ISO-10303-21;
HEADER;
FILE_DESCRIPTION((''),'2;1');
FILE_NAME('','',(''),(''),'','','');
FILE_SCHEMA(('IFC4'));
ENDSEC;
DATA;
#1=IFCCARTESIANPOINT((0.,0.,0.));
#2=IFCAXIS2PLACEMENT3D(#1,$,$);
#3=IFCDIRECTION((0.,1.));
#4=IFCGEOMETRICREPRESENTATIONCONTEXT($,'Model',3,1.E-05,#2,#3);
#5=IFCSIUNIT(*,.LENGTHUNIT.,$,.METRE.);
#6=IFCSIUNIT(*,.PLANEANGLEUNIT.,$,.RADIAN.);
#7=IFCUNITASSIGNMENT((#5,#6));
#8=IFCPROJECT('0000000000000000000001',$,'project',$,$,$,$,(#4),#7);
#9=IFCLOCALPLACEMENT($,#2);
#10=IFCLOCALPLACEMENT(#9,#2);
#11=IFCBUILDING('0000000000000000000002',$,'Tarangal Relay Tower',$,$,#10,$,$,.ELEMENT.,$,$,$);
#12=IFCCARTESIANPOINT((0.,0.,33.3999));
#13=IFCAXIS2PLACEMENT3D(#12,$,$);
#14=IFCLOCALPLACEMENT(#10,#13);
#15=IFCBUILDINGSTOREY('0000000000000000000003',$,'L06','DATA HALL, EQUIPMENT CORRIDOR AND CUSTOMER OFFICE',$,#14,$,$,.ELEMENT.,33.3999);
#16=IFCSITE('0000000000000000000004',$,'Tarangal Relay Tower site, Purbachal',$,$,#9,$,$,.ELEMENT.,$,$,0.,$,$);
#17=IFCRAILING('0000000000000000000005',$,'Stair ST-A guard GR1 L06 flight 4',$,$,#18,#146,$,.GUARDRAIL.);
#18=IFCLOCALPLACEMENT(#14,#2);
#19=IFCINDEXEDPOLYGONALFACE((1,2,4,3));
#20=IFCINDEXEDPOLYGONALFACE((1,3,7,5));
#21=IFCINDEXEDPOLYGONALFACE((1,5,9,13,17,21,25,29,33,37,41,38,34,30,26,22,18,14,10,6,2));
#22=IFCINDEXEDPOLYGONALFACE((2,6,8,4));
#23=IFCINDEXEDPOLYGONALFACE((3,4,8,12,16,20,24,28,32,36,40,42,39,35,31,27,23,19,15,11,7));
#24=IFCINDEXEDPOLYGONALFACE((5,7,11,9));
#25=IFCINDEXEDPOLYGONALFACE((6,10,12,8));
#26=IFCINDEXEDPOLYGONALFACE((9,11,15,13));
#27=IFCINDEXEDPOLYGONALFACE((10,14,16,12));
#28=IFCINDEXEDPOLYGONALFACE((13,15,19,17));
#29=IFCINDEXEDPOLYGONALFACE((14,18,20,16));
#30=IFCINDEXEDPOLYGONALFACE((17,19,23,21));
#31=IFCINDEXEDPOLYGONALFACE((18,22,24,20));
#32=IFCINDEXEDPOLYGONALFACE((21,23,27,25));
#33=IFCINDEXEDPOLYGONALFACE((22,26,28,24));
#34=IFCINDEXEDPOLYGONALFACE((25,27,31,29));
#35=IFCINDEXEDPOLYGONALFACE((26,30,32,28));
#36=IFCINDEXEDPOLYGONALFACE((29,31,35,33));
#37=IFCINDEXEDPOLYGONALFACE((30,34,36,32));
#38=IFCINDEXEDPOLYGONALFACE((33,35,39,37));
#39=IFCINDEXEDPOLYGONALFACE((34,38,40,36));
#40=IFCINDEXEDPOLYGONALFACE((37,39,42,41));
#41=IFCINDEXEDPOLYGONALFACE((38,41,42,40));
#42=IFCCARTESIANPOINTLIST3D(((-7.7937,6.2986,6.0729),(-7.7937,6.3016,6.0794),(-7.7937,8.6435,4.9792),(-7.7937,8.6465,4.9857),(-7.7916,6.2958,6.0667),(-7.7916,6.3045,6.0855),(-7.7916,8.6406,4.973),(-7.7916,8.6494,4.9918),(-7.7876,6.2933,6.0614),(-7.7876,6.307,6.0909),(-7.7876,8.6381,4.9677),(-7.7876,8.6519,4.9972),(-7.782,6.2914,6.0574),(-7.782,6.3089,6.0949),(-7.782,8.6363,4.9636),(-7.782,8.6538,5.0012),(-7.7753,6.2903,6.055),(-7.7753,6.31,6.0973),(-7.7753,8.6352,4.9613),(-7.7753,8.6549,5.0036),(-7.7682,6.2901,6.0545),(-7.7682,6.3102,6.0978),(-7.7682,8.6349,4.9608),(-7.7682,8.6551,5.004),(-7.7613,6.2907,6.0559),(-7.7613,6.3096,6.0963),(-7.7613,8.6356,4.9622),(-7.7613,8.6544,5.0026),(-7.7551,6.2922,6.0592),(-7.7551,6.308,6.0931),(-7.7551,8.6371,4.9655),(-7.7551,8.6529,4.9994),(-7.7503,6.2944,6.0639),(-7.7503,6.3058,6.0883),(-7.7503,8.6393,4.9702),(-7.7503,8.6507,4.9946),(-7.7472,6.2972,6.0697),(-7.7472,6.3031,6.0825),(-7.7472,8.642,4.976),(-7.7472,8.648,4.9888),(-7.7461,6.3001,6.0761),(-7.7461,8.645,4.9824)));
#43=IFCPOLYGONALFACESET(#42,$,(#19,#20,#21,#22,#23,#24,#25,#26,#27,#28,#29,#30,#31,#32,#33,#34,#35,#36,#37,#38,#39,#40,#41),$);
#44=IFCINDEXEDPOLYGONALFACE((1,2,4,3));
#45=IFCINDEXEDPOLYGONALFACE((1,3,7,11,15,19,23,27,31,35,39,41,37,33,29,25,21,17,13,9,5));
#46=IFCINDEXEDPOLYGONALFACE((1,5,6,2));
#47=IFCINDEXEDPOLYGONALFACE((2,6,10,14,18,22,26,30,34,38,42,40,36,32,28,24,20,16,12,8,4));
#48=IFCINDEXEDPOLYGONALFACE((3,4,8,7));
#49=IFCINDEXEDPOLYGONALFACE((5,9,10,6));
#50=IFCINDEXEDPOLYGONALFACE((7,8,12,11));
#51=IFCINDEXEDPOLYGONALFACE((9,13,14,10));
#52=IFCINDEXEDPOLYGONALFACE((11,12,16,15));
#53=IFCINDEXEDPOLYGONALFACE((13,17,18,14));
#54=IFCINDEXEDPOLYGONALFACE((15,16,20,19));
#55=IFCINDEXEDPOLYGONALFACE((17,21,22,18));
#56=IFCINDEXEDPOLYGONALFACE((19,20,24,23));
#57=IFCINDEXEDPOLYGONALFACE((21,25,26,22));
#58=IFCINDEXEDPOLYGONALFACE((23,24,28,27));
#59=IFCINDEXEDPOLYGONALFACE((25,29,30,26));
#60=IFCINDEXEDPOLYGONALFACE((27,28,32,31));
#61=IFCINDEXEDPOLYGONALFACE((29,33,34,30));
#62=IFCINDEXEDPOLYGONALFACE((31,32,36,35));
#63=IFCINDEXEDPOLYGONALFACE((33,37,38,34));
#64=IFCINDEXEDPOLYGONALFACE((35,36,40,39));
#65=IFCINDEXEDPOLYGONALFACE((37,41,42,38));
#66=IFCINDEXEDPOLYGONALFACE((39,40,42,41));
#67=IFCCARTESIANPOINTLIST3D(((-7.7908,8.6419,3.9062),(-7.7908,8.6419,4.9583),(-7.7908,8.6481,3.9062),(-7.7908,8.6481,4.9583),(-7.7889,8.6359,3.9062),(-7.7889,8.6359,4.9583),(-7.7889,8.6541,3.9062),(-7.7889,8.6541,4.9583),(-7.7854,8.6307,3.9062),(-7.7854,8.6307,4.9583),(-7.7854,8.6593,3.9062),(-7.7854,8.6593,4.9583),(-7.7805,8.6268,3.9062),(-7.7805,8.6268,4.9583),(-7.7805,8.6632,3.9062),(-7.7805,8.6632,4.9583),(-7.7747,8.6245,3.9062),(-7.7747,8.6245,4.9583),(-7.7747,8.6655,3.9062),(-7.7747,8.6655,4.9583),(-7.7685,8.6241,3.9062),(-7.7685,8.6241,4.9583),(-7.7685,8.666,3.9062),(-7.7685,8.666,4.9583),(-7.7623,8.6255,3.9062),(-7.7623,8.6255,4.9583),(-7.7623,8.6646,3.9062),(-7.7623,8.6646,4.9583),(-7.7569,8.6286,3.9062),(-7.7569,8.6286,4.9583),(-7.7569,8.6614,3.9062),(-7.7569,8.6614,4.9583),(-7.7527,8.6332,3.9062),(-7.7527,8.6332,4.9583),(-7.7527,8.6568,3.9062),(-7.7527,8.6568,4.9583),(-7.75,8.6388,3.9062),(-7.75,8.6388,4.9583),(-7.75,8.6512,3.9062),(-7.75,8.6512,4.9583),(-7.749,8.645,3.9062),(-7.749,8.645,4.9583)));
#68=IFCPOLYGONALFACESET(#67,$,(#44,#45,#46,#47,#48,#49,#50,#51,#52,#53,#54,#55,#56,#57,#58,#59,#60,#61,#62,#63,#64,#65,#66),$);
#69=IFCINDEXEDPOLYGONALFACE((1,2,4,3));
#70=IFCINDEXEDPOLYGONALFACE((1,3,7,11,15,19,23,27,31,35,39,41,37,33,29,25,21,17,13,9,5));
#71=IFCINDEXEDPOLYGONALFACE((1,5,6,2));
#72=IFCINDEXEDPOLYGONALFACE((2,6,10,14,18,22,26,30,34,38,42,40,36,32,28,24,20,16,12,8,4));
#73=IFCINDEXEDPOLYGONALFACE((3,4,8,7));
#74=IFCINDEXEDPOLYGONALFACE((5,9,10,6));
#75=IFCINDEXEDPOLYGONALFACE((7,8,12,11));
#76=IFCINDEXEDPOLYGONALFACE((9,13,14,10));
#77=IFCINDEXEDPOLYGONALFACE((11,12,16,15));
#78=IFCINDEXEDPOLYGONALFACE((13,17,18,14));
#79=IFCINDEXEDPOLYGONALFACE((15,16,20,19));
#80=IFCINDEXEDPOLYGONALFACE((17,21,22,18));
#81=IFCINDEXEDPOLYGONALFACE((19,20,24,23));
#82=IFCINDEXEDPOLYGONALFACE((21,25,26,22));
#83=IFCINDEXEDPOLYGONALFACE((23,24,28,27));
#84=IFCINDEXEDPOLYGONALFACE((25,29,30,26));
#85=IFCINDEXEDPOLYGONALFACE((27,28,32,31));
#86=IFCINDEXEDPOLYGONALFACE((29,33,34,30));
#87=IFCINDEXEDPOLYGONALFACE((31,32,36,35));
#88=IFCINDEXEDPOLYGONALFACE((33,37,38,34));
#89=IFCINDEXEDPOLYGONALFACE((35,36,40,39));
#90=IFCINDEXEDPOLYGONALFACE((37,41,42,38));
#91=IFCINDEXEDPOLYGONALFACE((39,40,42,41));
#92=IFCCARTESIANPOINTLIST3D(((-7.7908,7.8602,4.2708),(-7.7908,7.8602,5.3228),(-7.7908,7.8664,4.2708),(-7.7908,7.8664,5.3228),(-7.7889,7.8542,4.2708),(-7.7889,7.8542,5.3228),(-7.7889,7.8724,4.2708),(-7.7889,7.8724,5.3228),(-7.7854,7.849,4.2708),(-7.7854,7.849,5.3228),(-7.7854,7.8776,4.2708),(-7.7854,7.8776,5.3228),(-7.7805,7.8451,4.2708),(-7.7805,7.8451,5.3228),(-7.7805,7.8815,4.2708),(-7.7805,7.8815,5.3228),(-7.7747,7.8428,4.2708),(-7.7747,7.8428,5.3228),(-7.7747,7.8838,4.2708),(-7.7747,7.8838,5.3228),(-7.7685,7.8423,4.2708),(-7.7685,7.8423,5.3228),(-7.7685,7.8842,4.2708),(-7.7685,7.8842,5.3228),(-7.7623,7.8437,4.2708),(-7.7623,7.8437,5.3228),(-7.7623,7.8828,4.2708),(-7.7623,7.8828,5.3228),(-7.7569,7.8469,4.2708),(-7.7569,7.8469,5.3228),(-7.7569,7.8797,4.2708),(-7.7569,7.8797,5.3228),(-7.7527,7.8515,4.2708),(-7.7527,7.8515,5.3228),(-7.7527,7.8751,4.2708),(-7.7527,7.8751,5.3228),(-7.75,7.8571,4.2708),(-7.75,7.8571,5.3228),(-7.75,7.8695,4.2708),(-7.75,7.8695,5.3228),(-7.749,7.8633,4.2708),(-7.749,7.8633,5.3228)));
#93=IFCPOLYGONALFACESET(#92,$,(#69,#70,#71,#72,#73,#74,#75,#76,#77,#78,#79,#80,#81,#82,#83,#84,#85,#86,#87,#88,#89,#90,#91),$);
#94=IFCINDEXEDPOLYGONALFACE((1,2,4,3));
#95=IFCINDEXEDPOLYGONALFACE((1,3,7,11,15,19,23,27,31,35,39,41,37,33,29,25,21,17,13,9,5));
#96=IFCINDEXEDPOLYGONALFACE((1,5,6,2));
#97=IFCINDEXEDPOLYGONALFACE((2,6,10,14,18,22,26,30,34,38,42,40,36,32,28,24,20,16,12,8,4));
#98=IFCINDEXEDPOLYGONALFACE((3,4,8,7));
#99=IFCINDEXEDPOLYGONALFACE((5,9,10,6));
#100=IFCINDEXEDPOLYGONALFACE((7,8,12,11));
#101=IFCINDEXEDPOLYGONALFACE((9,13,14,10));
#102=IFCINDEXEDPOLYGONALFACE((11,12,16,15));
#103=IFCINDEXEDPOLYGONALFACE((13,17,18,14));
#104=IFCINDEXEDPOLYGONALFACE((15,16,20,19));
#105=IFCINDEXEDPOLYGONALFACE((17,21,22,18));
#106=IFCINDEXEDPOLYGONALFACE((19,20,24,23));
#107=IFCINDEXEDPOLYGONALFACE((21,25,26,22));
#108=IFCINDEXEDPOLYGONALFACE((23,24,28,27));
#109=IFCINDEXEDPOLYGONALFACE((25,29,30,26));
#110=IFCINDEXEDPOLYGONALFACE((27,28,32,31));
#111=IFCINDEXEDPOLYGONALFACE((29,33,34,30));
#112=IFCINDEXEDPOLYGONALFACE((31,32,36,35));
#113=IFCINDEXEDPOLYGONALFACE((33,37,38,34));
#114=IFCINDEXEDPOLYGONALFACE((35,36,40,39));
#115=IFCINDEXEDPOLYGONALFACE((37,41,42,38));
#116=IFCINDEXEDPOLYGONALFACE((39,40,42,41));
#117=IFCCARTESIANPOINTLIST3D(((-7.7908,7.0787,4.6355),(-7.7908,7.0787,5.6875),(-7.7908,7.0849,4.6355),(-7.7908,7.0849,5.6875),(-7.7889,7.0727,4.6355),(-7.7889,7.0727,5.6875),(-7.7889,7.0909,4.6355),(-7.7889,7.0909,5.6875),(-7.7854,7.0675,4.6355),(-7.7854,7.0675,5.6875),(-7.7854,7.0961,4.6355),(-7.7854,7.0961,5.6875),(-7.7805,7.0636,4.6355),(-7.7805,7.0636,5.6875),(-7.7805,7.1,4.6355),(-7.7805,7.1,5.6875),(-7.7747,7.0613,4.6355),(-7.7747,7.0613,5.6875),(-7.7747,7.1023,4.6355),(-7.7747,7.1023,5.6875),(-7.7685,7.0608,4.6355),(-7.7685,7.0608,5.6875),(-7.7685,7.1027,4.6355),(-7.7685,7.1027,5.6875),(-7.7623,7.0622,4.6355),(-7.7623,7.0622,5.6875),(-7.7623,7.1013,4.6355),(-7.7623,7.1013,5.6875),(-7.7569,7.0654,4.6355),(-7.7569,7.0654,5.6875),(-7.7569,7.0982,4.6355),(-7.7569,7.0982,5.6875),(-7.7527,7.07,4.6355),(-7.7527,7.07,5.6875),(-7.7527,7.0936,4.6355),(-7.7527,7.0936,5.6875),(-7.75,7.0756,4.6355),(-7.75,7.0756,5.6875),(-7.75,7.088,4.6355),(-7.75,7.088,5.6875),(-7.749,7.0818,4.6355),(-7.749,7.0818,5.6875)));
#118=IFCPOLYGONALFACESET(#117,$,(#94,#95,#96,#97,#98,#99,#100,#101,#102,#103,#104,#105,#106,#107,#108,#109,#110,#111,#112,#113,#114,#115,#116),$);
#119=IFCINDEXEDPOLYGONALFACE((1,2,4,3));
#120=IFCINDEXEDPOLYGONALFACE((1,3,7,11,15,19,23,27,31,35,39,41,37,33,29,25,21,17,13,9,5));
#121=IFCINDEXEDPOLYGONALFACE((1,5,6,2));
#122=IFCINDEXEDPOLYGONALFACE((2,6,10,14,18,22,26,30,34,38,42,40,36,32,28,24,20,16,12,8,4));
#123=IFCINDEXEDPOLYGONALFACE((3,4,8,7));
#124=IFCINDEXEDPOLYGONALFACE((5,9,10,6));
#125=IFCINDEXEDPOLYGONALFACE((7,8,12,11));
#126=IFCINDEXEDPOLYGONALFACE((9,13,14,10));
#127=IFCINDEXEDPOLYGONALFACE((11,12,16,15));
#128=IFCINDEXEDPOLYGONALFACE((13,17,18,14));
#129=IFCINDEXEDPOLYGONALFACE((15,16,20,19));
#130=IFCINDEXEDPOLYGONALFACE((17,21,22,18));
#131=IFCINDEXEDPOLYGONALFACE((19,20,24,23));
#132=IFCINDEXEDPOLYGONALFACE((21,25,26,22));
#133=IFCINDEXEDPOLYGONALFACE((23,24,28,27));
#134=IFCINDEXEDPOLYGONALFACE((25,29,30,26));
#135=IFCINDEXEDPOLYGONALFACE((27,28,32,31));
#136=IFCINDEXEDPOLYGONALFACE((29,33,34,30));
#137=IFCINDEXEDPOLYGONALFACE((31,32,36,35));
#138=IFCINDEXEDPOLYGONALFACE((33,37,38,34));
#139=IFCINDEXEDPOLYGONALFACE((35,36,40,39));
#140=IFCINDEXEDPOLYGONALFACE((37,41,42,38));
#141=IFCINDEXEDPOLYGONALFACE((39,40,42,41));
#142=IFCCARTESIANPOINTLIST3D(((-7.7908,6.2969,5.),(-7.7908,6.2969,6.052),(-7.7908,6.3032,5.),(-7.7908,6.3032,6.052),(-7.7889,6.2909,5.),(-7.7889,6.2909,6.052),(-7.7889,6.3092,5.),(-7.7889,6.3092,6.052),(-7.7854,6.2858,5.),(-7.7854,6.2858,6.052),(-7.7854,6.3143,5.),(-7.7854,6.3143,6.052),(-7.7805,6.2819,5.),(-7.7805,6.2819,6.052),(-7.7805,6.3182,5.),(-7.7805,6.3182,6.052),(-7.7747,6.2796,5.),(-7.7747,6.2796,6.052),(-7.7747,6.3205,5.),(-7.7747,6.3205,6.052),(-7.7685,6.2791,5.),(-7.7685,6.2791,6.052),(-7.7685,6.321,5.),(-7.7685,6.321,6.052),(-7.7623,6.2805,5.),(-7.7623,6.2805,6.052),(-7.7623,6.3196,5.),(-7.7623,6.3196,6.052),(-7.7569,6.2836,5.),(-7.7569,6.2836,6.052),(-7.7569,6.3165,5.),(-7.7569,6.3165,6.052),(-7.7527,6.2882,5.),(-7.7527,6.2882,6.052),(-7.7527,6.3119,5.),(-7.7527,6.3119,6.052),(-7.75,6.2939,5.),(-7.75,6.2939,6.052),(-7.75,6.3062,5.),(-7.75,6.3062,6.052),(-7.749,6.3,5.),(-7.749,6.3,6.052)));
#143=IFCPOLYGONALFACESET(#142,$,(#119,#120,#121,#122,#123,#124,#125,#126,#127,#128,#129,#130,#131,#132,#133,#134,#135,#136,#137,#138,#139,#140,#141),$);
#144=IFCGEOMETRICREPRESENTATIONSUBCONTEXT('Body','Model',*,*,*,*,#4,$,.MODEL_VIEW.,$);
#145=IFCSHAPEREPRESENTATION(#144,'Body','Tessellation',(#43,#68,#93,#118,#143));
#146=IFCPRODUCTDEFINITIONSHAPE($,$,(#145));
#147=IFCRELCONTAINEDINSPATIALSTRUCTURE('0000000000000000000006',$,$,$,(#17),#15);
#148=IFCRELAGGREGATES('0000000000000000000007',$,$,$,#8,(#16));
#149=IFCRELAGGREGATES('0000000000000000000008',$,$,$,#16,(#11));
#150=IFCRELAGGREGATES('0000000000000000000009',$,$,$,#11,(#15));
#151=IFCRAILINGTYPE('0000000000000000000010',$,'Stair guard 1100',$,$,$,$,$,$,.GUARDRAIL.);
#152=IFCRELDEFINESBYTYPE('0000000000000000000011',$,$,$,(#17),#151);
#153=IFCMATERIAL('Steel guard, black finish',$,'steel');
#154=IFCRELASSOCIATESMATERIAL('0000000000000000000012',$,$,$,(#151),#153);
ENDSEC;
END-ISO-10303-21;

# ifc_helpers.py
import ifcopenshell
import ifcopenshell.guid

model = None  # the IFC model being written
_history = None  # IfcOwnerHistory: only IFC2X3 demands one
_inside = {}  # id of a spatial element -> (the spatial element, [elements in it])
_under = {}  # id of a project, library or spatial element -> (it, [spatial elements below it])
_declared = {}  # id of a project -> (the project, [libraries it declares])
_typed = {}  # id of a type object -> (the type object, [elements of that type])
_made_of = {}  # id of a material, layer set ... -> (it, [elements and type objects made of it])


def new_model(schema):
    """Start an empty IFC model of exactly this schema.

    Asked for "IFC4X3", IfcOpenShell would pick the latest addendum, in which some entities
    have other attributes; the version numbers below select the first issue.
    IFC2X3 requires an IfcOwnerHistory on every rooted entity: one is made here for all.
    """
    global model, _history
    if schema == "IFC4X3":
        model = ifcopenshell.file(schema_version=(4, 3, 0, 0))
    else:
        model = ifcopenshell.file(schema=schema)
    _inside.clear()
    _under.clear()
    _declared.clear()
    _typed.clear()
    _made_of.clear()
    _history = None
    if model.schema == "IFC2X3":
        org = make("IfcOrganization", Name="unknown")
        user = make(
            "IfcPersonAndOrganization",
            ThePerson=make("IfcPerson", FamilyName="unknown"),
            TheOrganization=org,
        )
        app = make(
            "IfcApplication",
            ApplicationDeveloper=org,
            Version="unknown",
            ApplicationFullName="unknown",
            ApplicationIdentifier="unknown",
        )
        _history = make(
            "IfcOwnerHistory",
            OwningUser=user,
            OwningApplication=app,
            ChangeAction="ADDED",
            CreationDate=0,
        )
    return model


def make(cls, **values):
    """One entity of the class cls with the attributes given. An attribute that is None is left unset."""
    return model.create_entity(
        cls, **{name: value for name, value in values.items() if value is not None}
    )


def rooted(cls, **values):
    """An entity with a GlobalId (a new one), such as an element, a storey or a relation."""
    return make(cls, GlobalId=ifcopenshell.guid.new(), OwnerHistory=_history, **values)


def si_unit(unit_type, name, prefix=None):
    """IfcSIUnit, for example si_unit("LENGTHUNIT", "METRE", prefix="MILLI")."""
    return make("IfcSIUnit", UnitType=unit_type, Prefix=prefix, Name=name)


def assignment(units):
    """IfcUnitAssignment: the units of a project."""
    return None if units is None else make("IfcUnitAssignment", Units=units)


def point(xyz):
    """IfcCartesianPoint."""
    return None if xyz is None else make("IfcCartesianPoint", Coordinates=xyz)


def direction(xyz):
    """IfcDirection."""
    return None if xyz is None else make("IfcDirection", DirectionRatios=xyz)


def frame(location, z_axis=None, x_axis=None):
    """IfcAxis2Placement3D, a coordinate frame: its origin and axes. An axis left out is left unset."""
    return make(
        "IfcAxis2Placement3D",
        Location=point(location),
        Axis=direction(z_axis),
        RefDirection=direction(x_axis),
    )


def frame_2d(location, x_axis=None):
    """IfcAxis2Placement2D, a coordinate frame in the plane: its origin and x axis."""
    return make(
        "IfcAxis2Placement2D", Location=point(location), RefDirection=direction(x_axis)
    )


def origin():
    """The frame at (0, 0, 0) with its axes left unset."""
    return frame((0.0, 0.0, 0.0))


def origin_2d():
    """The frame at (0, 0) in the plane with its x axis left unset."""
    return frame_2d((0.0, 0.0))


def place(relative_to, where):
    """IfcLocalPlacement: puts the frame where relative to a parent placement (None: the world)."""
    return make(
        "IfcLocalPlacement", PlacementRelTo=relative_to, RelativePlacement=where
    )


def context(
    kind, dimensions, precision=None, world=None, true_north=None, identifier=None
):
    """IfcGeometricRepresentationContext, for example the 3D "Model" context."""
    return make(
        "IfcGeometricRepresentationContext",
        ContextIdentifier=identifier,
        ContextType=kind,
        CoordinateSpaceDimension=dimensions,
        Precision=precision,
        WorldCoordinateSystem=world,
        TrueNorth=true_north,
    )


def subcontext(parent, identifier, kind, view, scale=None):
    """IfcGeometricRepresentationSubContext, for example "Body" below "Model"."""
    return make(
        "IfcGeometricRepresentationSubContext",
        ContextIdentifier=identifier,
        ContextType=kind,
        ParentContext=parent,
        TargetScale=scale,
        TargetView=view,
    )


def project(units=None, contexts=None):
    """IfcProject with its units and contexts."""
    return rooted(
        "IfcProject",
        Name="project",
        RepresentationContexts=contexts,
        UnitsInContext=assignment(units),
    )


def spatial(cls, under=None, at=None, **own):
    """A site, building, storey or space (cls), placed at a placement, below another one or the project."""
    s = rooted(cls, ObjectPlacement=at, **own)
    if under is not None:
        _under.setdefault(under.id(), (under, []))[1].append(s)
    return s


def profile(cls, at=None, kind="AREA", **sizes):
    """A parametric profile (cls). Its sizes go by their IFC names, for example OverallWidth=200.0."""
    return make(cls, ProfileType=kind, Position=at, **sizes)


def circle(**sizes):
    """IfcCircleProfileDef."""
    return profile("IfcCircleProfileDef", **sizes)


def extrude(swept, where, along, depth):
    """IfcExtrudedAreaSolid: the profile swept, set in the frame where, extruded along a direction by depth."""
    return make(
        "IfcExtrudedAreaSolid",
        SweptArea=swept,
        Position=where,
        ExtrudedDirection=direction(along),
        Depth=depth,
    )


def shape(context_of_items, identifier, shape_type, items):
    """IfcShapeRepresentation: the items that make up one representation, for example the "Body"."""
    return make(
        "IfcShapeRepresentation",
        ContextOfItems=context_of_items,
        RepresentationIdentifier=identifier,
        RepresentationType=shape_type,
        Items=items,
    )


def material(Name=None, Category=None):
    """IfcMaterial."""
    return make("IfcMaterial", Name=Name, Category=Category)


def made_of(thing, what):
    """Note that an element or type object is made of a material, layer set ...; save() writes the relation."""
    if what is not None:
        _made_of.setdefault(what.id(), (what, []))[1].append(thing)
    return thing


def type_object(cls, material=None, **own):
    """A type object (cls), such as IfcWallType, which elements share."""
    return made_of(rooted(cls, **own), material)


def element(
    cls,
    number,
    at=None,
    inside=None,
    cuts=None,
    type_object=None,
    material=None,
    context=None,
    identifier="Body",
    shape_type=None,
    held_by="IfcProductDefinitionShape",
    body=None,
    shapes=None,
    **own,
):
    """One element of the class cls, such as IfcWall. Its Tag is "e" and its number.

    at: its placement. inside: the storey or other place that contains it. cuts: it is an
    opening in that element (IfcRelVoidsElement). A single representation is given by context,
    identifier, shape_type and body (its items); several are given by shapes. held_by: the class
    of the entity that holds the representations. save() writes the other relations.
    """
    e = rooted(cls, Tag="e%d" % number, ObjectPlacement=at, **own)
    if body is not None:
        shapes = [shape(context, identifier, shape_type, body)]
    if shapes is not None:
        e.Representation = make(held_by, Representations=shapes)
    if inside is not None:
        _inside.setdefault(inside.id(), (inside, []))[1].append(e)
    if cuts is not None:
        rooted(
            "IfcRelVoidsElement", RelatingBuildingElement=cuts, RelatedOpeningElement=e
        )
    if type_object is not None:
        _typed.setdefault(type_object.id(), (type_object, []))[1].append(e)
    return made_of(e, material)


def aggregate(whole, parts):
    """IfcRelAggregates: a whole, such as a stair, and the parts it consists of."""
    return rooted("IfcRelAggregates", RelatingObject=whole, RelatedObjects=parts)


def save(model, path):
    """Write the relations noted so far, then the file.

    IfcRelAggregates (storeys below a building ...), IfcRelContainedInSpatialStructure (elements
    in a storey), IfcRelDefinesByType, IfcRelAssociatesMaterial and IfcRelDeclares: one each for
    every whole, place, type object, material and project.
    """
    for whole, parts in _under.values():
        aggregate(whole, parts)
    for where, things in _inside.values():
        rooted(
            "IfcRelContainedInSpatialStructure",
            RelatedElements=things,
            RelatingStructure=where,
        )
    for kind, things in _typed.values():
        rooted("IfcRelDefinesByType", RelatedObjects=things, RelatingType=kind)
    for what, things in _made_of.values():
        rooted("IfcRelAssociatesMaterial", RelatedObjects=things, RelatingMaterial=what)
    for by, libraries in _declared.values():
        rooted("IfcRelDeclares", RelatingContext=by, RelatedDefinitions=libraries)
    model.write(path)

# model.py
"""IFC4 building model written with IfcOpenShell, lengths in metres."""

from ifc_helpers import new_model, si_unit, direction, frame, origin, origin_2d, place, context, subcontext, project, spatial, circle, extrude, material, type_object, element, save


model = new_model("IFC4")

# Units and contexts
model_context = context("Model", 3, precision=1e-05, world=origin(), true_north=direction((0.0, 1.0)))
body_context = subcontext(model_context, "Body", "Model", "MODEL_VIEW")
ifc_project = project(units=[si_unit("LENGTHUNIT", "METRE"), si_unit("PLANEANGLEUNIT", "RADIAN")], contexts=[model_context])

# Site, building, storey
site_placement = place(None, origin())
site = spatial("IfcSite", under=ifc_project, at=site_placement, Name="Tarangal Relay Tower site, Purbachal", CompositionType="ELEMENT", RefElevation=0.0)
building_placement = place(site_placement, origin())
building = spatial("IfcBuilding", under=site, at=building_placement, Name="Tarangal Relay Tower", CompositionType="ELEMENT")
storey_placement = place(building_placement, frame((0.0, 0.0, 33.3999)))
storey = spatial("IfcBuildingStorey", under=building, at=storey_placement, Name="L06", Description="DATA HALL, EQUIPMENT CORRIDOR AND CUSTOMER OFFICE", CompositionType="ELEMENT", Elevation=33.3999)

# Railing
ifc_material_1 = material(Name="Steel guard, black finish", Category="steel")
railing_type_1 = type_object("IfcRailingType", Name="Stair guard 1100", PredefinedType="GUARDRAIL", material=ifc_material_1)
for number, where, name in (
    (1, (-7.77, 8.645, 3.9062), "Stair ST-A guard GR1 L06 flight 4"),
):
    element("IfcRailing", number, at=place(storey_placement, frame(where)), inside=storey, type_object=railing_type_1, Name=name, PredefinedType="GUARDRAIL", context=body_context, shape_type="SweptSolid", body=[
        extrude(circle(Radius=0.0239, at=origin_2d()), frame((0.0, 0.0, 1.0762), z_axis=(0.0, -0.906267, 0.422705), x_axis=(1.0, 0.0, 0.0)), (0.0, 0.0, 1.0), 2.5874),
        extrude(circle(Radius=0.021, at=origin_2d()), origin(), (0.0, 0.0, 1.0), 1.052),
        extrude(circle(Radius=0.021, at=origin_2d()), frame((0.0, -0.7817, 0.3645)), (0.0, 0.0, 1.0), 1.052),
        extrude(circle(Radius=0.021, at=origin_2d()), frame((0.0, -1.5632, 0.7292)), (0.0, 0.0, 1.0), 1.052),
        extrude(circle(Radius=0.021, at=origin_2d()), frame((0.0, -2.345, 1.0938)), (0.0, 0.0, 1.0), 1.052),
    ])

save(model, "model.ifc")
